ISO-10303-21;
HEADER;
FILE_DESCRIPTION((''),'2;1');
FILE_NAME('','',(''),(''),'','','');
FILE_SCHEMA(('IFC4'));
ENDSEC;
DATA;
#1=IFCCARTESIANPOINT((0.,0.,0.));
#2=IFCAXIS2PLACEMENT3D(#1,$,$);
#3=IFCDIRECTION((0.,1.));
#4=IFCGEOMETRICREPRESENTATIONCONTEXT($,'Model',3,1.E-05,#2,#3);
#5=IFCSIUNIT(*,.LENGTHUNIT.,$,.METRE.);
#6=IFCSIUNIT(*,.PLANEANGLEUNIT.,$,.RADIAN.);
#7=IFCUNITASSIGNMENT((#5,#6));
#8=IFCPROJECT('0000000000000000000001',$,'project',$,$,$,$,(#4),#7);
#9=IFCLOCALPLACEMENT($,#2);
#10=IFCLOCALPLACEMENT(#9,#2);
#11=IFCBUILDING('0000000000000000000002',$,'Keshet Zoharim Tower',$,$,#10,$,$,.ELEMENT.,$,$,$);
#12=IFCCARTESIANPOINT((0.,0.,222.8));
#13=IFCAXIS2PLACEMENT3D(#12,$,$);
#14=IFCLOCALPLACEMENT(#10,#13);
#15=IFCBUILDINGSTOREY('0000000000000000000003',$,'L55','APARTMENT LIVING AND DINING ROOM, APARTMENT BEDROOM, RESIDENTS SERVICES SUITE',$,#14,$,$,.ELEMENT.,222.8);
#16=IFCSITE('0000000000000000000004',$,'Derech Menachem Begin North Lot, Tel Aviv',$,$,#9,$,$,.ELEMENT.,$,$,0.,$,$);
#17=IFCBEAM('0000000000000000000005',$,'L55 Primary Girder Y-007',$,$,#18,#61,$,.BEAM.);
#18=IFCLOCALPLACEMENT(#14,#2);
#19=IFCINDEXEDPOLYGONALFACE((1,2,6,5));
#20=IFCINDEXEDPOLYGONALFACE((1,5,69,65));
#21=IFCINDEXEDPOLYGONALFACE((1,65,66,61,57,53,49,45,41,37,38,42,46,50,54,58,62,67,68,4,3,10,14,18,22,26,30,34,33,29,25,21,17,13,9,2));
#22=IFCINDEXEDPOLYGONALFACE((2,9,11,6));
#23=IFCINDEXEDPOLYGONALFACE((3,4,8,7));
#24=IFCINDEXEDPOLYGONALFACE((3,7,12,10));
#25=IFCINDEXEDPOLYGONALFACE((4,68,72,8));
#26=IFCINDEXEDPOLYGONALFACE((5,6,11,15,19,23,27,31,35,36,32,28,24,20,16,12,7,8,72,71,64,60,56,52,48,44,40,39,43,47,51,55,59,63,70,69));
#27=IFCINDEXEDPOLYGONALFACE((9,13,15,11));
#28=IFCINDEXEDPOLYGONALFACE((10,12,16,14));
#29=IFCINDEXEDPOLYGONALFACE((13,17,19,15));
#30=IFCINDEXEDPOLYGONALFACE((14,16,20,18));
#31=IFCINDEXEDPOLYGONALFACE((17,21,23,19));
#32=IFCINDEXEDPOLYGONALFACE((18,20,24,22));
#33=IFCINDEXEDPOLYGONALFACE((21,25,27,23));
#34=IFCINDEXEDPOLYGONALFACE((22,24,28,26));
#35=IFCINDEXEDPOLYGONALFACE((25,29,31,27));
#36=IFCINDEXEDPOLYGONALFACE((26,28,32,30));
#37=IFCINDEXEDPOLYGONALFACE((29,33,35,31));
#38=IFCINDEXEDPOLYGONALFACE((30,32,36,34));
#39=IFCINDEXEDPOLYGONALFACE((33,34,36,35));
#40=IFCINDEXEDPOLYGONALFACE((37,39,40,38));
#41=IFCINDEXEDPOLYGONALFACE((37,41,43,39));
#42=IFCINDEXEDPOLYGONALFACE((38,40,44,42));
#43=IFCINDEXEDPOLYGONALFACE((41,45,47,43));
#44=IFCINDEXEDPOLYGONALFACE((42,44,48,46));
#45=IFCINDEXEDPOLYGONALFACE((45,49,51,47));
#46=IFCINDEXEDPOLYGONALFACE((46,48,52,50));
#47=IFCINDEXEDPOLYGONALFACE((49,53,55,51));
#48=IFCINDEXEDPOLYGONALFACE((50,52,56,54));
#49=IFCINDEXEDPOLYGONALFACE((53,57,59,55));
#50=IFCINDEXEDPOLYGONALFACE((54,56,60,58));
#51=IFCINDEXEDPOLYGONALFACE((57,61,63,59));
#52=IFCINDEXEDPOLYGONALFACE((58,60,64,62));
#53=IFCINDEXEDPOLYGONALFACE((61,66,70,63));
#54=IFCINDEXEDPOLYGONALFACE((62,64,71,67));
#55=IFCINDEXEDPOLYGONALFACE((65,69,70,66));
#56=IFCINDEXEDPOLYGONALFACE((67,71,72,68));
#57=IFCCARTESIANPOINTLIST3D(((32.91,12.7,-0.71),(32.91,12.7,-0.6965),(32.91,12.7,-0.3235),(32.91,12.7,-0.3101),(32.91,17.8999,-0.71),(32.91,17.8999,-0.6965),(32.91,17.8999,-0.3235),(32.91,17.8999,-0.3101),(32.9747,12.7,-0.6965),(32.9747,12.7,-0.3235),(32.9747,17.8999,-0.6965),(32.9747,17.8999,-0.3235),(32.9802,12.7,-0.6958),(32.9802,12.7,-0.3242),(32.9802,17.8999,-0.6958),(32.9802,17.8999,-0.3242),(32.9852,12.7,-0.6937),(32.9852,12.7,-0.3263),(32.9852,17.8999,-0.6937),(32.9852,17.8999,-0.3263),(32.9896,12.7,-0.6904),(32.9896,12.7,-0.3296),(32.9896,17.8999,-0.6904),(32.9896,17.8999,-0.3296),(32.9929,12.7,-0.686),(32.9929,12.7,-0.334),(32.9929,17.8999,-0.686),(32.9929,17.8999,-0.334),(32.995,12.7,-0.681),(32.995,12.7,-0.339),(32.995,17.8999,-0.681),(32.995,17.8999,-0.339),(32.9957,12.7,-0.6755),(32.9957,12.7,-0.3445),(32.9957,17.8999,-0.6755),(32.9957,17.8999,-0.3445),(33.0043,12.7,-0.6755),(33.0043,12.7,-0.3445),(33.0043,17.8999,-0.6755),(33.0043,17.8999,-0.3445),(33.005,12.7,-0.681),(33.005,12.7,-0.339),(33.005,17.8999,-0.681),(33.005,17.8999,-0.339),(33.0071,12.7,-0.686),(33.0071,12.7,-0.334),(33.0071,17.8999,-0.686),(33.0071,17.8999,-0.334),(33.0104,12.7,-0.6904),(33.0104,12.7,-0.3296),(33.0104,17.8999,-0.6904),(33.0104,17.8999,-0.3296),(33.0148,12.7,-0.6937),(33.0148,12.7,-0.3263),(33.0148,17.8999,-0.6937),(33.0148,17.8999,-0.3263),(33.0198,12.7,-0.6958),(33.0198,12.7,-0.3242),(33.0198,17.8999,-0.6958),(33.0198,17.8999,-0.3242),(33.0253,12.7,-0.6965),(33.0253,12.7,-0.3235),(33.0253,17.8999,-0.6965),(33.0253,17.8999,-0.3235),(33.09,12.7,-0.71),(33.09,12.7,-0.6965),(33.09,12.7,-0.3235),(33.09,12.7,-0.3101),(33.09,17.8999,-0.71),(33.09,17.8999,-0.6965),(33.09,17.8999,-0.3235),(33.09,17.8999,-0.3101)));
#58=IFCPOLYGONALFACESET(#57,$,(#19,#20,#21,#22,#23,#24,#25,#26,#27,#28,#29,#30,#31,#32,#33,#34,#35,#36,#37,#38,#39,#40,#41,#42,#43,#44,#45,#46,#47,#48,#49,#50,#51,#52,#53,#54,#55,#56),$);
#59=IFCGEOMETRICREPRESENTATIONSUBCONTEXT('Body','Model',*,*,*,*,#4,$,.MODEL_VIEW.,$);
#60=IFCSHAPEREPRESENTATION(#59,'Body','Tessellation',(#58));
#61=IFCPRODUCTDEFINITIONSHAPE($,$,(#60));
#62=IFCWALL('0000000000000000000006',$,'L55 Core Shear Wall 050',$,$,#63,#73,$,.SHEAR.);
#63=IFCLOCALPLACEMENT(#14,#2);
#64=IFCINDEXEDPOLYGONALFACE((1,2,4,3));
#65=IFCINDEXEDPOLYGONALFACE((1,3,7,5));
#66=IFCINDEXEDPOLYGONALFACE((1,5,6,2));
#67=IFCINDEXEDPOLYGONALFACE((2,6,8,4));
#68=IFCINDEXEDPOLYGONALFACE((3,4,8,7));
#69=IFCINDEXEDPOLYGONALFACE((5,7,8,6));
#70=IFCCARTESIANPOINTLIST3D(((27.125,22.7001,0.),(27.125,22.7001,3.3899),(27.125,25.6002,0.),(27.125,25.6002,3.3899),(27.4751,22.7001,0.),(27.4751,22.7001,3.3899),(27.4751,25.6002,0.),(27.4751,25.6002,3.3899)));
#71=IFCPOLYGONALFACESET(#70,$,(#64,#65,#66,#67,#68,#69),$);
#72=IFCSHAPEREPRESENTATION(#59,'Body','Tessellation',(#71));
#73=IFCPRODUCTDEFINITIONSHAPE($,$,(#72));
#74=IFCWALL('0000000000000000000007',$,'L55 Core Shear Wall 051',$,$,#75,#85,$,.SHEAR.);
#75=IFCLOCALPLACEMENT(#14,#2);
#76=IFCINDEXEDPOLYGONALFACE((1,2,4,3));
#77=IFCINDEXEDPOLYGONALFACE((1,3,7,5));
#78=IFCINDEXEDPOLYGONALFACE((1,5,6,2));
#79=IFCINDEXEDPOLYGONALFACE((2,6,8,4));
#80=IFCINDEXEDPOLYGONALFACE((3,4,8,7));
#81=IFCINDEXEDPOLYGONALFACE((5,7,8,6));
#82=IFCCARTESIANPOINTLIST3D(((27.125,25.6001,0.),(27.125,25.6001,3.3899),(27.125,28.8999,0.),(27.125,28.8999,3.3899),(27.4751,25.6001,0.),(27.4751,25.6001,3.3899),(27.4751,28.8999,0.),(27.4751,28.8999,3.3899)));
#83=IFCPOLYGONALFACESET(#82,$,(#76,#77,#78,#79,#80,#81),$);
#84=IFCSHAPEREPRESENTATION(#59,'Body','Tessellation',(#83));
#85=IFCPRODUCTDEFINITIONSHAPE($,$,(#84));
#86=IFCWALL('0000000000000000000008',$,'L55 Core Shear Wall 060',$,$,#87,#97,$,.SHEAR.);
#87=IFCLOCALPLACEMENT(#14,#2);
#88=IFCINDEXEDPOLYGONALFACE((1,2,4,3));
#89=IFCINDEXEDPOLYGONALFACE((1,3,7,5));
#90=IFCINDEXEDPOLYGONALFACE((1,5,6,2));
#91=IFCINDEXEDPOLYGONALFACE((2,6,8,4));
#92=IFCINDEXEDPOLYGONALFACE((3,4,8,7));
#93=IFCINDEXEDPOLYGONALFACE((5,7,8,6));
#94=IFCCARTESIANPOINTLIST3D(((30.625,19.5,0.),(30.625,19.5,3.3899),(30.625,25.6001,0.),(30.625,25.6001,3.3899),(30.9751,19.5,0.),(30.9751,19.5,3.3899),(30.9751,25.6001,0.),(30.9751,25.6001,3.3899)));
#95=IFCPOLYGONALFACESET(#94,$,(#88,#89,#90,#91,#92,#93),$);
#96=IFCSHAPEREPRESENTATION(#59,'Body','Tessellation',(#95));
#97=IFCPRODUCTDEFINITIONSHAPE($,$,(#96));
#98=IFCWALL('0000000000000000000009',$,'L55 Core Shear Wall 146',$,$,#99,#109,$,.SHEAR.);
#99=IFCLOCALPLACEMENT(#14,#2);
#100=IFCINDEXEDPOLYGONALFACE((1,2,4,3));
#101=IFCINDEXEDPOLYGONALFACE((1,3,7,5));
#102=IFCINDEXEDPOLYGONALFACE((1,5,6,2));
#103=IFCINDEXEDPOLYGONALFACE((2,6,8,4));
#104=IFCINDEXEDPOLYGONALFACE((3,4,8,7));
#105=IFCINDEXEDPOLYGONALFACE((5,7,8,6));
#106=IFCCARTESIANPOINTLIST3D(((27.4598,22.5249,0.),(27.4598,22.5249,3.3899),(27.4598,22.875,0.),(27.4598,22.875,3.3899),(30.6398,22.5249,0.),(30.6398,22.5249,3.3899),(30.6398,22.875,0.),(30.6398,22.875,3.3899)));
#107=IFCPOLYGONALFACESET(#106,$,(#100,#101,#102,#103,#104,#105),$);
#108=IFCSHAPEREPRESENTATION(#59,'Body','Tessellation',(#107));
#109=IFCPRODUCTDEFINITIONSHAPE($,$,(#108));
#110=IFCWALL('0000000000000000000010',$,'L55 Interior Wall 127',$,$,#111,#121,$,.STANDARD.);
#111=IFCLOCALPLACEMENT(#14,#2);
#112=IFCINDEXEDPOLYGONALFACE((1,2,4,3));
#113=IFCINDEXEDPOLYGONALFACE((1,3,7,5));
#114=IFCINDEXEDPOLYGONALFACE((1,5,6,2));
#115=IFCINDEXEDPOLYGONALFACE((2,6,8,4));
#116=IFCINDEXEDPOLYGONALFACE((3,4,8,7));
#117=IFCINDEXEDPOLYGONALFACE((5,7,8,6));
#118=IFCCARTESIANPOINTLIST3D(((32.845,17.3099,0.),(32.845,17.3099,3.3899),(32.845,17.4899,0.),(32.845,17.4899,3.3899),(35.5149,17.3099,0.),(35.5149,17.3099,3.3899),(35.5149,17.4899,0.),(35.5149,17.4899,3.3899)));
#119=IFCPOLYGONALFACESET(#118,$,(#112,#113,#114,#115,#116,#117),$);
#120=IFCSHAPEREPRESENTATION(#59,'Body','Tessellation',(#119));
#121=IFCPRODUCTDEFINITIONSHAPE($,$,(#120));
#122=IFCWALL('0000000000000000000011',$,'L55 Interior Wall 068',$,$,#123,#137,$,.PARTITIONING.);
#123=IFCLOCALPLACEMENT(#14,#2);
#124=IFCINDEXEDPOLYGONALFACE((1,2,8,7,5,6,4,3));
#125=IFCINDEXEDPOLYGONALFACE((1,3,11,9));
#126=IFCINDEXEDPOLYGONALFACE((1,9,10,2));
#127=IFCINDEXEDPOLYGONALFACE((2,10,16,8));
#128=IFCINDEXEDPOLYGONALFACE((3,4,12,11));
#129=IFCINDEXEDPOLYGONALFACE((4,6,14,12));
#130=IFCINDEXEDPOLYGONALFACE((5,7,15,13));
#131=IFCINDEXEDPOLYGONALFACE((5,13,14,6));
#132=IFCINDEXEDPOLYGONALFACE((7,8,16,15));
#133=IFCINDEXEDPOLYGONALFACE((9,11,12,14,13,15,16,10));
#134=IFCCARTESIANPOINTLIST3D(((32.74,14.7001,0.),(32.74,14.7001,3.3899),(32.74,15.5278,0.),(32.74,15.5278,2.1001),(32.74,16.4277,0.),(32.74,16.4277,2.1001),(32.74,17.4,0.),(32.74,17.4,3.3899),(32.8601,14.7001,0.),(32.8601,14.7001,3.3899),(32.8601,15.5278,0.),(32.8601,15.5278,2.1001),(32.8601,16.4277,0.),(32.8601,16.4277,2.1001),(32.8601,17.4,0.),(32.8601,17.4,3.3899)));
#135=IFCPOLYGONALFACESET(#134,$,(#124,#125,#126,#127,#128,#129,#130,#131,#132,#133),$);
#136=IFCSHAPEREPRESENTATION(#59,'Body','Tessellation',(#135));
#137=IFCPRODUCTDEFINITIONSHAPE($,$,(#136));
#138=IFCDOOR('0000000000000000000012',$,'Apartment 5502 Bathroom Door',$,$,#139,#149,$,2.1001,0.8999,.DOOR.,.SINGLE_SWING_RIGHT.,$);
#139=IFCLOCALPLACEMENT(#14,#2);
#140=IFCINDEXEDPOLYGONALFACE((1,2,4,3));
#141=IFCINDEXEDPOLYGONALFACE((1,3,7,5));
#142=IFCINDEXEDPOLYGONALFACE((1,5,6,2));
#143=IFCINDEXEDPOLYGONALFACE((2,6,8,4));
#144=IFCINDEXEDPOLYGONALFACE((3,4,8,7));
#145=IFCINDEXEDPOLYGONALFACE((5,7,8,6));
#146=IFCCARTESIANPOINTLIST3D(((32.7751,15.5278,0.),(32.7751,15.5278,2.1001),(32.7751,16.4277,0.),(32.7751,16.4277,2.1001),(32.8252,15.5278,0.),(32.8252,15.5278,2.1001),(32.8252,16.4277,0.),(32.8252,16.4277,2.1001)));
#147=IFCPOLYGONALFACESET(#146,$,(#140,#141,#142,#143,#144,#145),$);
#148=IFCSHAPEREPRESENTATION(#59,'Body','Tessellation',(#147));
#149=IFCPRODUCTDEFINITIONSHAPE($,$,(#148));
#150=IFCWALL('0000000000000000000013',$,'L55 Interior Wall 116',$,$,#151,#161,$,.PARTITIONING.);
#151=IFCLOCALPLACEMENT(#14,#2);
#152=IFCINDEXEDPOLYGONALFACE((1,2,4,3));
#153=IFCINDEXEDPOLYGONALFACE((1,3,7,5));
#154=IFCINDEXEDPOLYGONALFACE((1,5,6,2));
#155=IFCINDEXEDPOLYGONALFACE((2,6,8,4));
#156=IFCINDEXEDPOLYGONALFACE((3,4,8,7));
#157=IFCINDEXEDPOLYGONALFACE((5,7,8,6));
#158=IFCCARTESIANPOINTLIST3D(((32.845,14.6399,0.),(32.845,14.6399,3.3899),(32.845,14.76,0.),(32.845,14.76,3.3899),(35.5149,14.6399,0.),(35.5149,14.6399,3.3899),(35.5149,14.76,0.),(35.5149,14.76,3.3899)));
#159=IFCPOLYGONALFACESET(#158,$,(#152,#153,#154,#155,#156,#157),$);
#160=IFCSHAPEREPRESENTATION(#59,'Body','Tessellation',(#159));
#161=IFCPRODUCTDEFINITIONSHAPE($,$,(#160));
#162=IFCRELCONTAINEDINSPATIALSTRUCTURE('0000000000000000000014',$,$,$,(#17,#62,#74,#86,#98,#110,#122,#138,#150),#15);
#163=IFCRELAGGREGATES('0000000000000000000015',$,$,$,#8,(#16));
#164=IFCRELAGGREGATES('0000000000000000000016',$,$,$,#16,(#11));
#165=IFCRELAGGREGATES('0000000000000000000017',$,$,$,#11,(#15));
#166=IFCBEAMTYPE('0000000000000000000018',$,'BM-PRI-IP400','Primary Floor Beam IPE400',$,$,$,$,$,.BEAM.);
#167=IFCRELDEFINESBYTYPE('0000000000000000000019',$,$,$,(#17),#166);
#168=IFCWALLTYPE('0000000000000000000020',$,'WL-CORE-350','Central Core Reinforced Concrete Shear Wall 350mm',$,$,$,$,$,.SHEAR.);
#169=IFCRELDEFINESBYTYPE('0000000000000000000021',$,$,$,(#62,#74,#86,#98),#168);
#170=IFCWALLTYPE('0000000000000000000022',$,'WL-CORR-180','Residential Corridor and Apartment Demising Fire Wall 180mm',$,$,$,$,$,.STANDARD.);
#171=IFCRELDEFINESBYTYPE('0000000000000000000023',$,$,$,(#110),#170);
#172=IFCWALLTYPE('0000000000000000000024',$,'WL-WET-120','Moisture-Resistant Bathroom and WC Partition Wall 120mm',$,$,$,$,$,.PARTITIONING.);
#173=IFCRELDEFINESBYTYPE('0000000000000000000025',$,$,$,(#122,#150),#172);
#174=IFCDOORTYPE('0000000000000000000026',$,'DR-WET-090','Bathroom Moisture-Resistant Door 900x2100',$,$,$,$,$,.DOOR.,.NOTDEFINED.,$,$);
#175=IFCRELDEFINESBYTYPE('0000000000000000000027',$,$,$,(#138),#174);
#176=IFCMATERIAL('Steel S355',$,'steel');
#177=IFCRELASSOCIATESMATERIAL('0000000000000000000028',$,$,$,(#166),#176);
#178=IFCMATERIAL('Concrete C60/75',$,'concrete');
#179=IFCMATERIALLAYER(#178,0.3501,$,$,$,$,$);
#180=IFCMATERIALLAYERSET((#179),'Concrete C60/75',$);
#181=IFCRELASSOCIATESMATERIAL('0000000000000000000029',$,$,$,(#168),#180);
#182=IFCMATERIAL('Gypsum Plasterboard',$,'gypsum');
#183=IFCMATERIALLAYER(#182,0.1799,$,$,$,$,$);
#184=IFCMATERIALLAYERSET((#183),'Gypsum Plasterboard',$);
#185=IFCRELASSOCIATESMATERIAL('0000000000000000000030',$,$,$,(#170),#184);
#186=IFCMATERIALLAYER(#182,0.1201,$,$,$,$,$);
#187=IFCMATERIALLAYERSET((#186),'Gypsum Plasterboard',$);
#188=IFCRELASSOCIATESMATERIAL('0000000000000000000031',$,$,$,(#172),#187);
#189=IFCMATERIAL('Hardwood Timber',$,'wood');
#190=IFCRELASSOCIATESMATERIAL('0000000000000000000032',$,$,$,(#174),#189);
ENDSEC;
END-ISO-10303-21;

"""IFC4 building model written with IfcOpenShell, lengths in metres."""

from ifc_helpers import new_model, si_unit, direction, frame, frame_2d, origin, origin_2d, place, context, subcontext, project, spatial, rectangle, i_section, extrude, material, layer, layer_set, material_profile, profile_set, type_object, element, fill, save


model = new_model("IFC4")

# Units and contexts
model_context = context("Model", 3, precision=1e-05, world=origin(), true_north=direction((0.0, 1.0)))
body_context = subcontext(model_context, "Body", "Model", "MODEL_VIEW")
ifc_project = project(units=[si_unit("LENGTHUNIT", "METRE"), si_unit("PLANEANGLEUNIT", "RADIAN")], contexts=[model_context])

# Site, building, storey
site_placement = place(None, origin())
site = spatial("IfcSite", under=ifc_project, at=site_placement, Name="Derech Menachem Begin North Lot, Tel Aviv", CompositionType="ELEMENT", RefElevation=0.0)
building_placement = place(site_placement, origin())
building = spatial("IfcBuilding", under=site, at=building_placement, Name="Keshet Zoharim Tower", CompositionType="ELEMENT")
storey_placement = place(building_placement, frame((0.0, 0.0, 222.8)))
storey = spatial("IfcBuildingStorey", under=building, at=storey_placement, Name="L55", Description="APARTMENT LIVING AND DINING ROOM, APARTMENT BEDROOM, RESIDENTS SERVICES SUITE", CompositionType="ELEMENT", Elevation=222.8)

# Beam
ifc_material_1 = material(Name="Steel S355", Category="steel")
ifc_material_profile_1 = material_profile(ifc_material_1, i_section(OverallWidth=0.1799, OverallDepth=0.3999, WebThickness=0.0085, FlangeThickness=0.0134, FilletRadius=0.021, at=origin_2d()), Name="IPE400")
ifc_profile_set_1 = profile_set([ifc_material_profile_1], Name="Steel S355")
beam_type_1 = type_object("IfcBeamType", Name="BM-PRI-IP400", Description="Primary Floor Beam IPE400", PredefinedType="BEAM", material=ifc_profile_set_1)
beam_1_placement = place(storey_placement, frame((33.0, 12.7, -0.51), z_axis=(0.0, 1.0, 0.0), x_axis=(-1.0, 0.0, 0.0)))
element("IfcBeam", 1, at=beam_1_placement, inside=storey, type_object=beam_type_1, Name="L55 Primary Girder Y-007", PredefinedType="BEAM", context=body_context, shape_type="SweptSolid", body=[
    extrude(i_section(OverallWidth=0.1799, OverallDepth=0.3999, WebThickness=0.0085, FlangeThickness=0.0134, FilletRadius=0.021, at=origin_2d()), origin(), (0.0, 0.0, 1.0), 5.2),
])

# Walls
ifc_material_2 = material(Name="Concrete C60/75", Category="concrete")
ifc_layer_1 = layer(ifc_material_2, 0.3501)
ifc_layer_set_1 = layer_set([ifc_layer_1], Name="Concrete C60/75")
wall_type_1 = type_object("IfcWallType", Name="WL-CORE-350", Description="Central Core Reinforced Concrete Shear Wall 350mm", PredefinedType="SHEAR", material=ifc_layer_set_1)
wall_1_placement = place(storey_placement, frame((27.3, 22.7, 0.0), z_axis=(0.0, 0.0, 1.0), x_axis=(0.0, 1.0, 0.0)))
element("IfcWall", 2, at=wall_1_placement, inside=storey, type_object=wall_type_1, Name="L55 Core Shear Wall 050", PredefinedType="SHEAR", context=body_context, shape_type="SweptSolid", body=[
    extrude(rectangle(XDim=2.9001, YDim=0.3501, at=frame_2d((1.4502, 0.0))), origin(), (0.0, 0.0, 1.0), 3.3899),
])
wall_2_placement = place(storey_placement, frame((27.3, 25.6001, 0.0), z_axis=(0.0, 0.0, 1.0), x_axis=(0.0, 1.0, 0.0)))
element("IfcWall", 3, at=wall_2_placement, inside=storey, type_object=wall_type_1, Name="L55 Core Shear Wall 051", PredefinedType="SHEAR", context=body_context, shape_type="SweptSolid", body=[
    extrude(rectangle(XDim=3.2998, YDim=0.3501, at=frame_2d((1.6499, 0.0))), origin(), (0.0, 0.0, 1.0), 3.3899),
])
wall_3_placement = place(storey_placement, frame((30.8, 19.5, 0.0), z_axis=(0.0, 0.0, 1.0), x_axis=(0.0, 1.0, 0.0)))
element("IfcWall", 4, at=wall_3_placement, inside=storey, type_object=wall_type_1, Name="L55 Core Shear Wall 060", PredefinedType="SHEAR", context=body_context, shape_type="SweptSolid", body=[
    extrude(rectangle(XDim=6.1001, YDim=0.3501, at=frame_2d((3.05, 0.0))), origin(), (0.0, 0.0, 1.0), 3.3899),
])
wall_4_placement = place(storey_placement, frame((27.46, 22.7, 0.0), z_axis=(0.0, 0.0, 1.0), x_axis=(1.0, 0.0, 0.0)))
element("IfcWall", 5, at=wall_4_placement, inside=storey, type_object=wall_type_1, Name="L55 Core Shear Wall 146", PredefinedType="SHEAR", context=body_context, shape_type="SweptSolid", body=[
    extrude(rectangle(XDim=3.1799, YDim=0.3501, at=frame_2d((1.5898, 0.0))), origin(), (0.0, 0.0, 1.0), 3.3899),
])

# Shared definitions
ifc_material_3 = material(Name="Gypsum Plasterboard", Category="gypsum")
ifc_layer_2 = layer(ifc_material_3, 0.1799)
ifc_layer_set_2 = layer_set([ifc_layer_2], Name="Gypsum Plasterboard")
wall_type_2 = type_object("IfcWallType", Name="WL-CORR-180", Description="Residential Corridor and Apartment Demising Fire Wall 180mm", PredefinedType="STANDARD", material=ifc_layer_set_2)
ifc_material_4 = material(Name="Hardwood Timber", Category="wood")

# Wall
wall_5_placement = place(storey_placement, frame((32.845, 17.3999, 0.0), z_axis=(0.0, 0.0, 1.0), x_axis=(1.0, 0.0, 0.0)))
element("IfcWall", 6, at=wall_5_placement, inside=storey, type_object=wall_type_2, Name="L55 Interior Wall 127", PredefinedType="STANDARD", context=body_context, shape_type="SweptSolid", body=[
    extrude(rectangle(XDim=2.6699, YDim=0.1799, at=frame_2d((1.335, 0.0))), origin(), (0.0, 0.0, 1.0), 3.3899),
])

# Wall, opening, door
ifc_layer_3 = layer(ifc_material_3, 0.1201)
ifc_layer_set_3 = layer_set([ifc_layer_3], Name="Gypsum Plasterboard")
wall_type_3 = type_object("IfcWallType", Name="WL-WET-120", Description="Moisture-Resistant Bathroom and WC Partition Wall 120mm", PredefinedType="PARTITIONING", material=ifc_layer_set_3)
wall_6_placement = place(storey_placement, frame((32.8, 14.7, 0.0), z_axis=(0.0, 0.0, 1.0), x_axis=(0.0, 1.0, 0.0)))
wall_6 = element("IfcWall", 7, at=wall_6_placement, inside=storey, type_object=wall_type_3, Name="L55 Interior Wall 068", PredefinedType="PARTITIONING", context=body_context, shape_type="SweptSolid", body=[
    extrude(rectangle(XDim=2.7, YDim=0.1201, at=frame_2d((1.3501, 0.0))), origin(), (0.0, 0.0, 1.0), 3.3899),
])
opening_1_placement = place(wall_6_placement, frame((0.8279, 0.0, 0.0)))
opening_1 = element("IfcOpeningElement", 8, at=opening_1_placement, cuts=wall_6, PredefinedType="OPENING", context=body_context, shape_type="SweptSolid", body=[
    extrude(rectangle(XDim=0.8999, YDim=2.1001, at=frame_2d((0.45, 1.05))), frame((0.0, 0.0701, 0.0), z_axis=(0.0, -1.0, 0.0), x_axis=(1.0, 0.0, 0.0)), (0.0, 0.0, 1.0), 0.1401),
])
door_type_1 = type_object("IfcDoorType", Name="DR-WET-090", Description="Bathroom Moisture-Resistant Door 900x2100", OperationType="NOTDEFINED", PredefinedType="DOOR", material=ifc_material_4)
door_1_placement = place(opening_1_placement, origin())
door_1 = element("IfcDoor", 9, at=door_1_placement, inside=storey, type_object=door_type_1, Name="Apartment 5502 Bathroom Door", OperationType="SINGLE_SWING_RIGHT", OverallHeight=2.1001, OverallWidth=0.8999, PredefinedType="DOOR", context=body_context, shape_type="SweptSolid", body=[
    extrude(rectangle(XDim=0.8999, YDim=2.1001, at=frame_2d((0.45, 1.05))), frame((0.0, 0.0249, 0.0), z_axis=(0.0, -1.0, 0.0), x_axis=(1.0, 0.0, 0.0)), (0.0, 0.0, 1.0), 0.05),
])
fill(opening_1, door_1)

# Wall
wall_7_placement = place(storey_placement, frame((32.845, 14.7, 0.0), z_axis=(0.0, 0.0, 1.0), x_axis=(1.0, 0.0, 0.0)))
element("IfcWall", 10, at=wall_7_placement, inside=storey, type_object=wall_type_3, Name="L55 Interior Wall 116", PredefinedType="PARTITIONING", context=body_context, shape_type="SweptSolid", body=[
    extrude(rectangle(XDim=2.6699, YDim=0.1201, at=frame_2d((1.335, 0.0))), origin(), (0.0, 0.0, 1.0), 3.3899),
])

save(model, "model.ifc")
